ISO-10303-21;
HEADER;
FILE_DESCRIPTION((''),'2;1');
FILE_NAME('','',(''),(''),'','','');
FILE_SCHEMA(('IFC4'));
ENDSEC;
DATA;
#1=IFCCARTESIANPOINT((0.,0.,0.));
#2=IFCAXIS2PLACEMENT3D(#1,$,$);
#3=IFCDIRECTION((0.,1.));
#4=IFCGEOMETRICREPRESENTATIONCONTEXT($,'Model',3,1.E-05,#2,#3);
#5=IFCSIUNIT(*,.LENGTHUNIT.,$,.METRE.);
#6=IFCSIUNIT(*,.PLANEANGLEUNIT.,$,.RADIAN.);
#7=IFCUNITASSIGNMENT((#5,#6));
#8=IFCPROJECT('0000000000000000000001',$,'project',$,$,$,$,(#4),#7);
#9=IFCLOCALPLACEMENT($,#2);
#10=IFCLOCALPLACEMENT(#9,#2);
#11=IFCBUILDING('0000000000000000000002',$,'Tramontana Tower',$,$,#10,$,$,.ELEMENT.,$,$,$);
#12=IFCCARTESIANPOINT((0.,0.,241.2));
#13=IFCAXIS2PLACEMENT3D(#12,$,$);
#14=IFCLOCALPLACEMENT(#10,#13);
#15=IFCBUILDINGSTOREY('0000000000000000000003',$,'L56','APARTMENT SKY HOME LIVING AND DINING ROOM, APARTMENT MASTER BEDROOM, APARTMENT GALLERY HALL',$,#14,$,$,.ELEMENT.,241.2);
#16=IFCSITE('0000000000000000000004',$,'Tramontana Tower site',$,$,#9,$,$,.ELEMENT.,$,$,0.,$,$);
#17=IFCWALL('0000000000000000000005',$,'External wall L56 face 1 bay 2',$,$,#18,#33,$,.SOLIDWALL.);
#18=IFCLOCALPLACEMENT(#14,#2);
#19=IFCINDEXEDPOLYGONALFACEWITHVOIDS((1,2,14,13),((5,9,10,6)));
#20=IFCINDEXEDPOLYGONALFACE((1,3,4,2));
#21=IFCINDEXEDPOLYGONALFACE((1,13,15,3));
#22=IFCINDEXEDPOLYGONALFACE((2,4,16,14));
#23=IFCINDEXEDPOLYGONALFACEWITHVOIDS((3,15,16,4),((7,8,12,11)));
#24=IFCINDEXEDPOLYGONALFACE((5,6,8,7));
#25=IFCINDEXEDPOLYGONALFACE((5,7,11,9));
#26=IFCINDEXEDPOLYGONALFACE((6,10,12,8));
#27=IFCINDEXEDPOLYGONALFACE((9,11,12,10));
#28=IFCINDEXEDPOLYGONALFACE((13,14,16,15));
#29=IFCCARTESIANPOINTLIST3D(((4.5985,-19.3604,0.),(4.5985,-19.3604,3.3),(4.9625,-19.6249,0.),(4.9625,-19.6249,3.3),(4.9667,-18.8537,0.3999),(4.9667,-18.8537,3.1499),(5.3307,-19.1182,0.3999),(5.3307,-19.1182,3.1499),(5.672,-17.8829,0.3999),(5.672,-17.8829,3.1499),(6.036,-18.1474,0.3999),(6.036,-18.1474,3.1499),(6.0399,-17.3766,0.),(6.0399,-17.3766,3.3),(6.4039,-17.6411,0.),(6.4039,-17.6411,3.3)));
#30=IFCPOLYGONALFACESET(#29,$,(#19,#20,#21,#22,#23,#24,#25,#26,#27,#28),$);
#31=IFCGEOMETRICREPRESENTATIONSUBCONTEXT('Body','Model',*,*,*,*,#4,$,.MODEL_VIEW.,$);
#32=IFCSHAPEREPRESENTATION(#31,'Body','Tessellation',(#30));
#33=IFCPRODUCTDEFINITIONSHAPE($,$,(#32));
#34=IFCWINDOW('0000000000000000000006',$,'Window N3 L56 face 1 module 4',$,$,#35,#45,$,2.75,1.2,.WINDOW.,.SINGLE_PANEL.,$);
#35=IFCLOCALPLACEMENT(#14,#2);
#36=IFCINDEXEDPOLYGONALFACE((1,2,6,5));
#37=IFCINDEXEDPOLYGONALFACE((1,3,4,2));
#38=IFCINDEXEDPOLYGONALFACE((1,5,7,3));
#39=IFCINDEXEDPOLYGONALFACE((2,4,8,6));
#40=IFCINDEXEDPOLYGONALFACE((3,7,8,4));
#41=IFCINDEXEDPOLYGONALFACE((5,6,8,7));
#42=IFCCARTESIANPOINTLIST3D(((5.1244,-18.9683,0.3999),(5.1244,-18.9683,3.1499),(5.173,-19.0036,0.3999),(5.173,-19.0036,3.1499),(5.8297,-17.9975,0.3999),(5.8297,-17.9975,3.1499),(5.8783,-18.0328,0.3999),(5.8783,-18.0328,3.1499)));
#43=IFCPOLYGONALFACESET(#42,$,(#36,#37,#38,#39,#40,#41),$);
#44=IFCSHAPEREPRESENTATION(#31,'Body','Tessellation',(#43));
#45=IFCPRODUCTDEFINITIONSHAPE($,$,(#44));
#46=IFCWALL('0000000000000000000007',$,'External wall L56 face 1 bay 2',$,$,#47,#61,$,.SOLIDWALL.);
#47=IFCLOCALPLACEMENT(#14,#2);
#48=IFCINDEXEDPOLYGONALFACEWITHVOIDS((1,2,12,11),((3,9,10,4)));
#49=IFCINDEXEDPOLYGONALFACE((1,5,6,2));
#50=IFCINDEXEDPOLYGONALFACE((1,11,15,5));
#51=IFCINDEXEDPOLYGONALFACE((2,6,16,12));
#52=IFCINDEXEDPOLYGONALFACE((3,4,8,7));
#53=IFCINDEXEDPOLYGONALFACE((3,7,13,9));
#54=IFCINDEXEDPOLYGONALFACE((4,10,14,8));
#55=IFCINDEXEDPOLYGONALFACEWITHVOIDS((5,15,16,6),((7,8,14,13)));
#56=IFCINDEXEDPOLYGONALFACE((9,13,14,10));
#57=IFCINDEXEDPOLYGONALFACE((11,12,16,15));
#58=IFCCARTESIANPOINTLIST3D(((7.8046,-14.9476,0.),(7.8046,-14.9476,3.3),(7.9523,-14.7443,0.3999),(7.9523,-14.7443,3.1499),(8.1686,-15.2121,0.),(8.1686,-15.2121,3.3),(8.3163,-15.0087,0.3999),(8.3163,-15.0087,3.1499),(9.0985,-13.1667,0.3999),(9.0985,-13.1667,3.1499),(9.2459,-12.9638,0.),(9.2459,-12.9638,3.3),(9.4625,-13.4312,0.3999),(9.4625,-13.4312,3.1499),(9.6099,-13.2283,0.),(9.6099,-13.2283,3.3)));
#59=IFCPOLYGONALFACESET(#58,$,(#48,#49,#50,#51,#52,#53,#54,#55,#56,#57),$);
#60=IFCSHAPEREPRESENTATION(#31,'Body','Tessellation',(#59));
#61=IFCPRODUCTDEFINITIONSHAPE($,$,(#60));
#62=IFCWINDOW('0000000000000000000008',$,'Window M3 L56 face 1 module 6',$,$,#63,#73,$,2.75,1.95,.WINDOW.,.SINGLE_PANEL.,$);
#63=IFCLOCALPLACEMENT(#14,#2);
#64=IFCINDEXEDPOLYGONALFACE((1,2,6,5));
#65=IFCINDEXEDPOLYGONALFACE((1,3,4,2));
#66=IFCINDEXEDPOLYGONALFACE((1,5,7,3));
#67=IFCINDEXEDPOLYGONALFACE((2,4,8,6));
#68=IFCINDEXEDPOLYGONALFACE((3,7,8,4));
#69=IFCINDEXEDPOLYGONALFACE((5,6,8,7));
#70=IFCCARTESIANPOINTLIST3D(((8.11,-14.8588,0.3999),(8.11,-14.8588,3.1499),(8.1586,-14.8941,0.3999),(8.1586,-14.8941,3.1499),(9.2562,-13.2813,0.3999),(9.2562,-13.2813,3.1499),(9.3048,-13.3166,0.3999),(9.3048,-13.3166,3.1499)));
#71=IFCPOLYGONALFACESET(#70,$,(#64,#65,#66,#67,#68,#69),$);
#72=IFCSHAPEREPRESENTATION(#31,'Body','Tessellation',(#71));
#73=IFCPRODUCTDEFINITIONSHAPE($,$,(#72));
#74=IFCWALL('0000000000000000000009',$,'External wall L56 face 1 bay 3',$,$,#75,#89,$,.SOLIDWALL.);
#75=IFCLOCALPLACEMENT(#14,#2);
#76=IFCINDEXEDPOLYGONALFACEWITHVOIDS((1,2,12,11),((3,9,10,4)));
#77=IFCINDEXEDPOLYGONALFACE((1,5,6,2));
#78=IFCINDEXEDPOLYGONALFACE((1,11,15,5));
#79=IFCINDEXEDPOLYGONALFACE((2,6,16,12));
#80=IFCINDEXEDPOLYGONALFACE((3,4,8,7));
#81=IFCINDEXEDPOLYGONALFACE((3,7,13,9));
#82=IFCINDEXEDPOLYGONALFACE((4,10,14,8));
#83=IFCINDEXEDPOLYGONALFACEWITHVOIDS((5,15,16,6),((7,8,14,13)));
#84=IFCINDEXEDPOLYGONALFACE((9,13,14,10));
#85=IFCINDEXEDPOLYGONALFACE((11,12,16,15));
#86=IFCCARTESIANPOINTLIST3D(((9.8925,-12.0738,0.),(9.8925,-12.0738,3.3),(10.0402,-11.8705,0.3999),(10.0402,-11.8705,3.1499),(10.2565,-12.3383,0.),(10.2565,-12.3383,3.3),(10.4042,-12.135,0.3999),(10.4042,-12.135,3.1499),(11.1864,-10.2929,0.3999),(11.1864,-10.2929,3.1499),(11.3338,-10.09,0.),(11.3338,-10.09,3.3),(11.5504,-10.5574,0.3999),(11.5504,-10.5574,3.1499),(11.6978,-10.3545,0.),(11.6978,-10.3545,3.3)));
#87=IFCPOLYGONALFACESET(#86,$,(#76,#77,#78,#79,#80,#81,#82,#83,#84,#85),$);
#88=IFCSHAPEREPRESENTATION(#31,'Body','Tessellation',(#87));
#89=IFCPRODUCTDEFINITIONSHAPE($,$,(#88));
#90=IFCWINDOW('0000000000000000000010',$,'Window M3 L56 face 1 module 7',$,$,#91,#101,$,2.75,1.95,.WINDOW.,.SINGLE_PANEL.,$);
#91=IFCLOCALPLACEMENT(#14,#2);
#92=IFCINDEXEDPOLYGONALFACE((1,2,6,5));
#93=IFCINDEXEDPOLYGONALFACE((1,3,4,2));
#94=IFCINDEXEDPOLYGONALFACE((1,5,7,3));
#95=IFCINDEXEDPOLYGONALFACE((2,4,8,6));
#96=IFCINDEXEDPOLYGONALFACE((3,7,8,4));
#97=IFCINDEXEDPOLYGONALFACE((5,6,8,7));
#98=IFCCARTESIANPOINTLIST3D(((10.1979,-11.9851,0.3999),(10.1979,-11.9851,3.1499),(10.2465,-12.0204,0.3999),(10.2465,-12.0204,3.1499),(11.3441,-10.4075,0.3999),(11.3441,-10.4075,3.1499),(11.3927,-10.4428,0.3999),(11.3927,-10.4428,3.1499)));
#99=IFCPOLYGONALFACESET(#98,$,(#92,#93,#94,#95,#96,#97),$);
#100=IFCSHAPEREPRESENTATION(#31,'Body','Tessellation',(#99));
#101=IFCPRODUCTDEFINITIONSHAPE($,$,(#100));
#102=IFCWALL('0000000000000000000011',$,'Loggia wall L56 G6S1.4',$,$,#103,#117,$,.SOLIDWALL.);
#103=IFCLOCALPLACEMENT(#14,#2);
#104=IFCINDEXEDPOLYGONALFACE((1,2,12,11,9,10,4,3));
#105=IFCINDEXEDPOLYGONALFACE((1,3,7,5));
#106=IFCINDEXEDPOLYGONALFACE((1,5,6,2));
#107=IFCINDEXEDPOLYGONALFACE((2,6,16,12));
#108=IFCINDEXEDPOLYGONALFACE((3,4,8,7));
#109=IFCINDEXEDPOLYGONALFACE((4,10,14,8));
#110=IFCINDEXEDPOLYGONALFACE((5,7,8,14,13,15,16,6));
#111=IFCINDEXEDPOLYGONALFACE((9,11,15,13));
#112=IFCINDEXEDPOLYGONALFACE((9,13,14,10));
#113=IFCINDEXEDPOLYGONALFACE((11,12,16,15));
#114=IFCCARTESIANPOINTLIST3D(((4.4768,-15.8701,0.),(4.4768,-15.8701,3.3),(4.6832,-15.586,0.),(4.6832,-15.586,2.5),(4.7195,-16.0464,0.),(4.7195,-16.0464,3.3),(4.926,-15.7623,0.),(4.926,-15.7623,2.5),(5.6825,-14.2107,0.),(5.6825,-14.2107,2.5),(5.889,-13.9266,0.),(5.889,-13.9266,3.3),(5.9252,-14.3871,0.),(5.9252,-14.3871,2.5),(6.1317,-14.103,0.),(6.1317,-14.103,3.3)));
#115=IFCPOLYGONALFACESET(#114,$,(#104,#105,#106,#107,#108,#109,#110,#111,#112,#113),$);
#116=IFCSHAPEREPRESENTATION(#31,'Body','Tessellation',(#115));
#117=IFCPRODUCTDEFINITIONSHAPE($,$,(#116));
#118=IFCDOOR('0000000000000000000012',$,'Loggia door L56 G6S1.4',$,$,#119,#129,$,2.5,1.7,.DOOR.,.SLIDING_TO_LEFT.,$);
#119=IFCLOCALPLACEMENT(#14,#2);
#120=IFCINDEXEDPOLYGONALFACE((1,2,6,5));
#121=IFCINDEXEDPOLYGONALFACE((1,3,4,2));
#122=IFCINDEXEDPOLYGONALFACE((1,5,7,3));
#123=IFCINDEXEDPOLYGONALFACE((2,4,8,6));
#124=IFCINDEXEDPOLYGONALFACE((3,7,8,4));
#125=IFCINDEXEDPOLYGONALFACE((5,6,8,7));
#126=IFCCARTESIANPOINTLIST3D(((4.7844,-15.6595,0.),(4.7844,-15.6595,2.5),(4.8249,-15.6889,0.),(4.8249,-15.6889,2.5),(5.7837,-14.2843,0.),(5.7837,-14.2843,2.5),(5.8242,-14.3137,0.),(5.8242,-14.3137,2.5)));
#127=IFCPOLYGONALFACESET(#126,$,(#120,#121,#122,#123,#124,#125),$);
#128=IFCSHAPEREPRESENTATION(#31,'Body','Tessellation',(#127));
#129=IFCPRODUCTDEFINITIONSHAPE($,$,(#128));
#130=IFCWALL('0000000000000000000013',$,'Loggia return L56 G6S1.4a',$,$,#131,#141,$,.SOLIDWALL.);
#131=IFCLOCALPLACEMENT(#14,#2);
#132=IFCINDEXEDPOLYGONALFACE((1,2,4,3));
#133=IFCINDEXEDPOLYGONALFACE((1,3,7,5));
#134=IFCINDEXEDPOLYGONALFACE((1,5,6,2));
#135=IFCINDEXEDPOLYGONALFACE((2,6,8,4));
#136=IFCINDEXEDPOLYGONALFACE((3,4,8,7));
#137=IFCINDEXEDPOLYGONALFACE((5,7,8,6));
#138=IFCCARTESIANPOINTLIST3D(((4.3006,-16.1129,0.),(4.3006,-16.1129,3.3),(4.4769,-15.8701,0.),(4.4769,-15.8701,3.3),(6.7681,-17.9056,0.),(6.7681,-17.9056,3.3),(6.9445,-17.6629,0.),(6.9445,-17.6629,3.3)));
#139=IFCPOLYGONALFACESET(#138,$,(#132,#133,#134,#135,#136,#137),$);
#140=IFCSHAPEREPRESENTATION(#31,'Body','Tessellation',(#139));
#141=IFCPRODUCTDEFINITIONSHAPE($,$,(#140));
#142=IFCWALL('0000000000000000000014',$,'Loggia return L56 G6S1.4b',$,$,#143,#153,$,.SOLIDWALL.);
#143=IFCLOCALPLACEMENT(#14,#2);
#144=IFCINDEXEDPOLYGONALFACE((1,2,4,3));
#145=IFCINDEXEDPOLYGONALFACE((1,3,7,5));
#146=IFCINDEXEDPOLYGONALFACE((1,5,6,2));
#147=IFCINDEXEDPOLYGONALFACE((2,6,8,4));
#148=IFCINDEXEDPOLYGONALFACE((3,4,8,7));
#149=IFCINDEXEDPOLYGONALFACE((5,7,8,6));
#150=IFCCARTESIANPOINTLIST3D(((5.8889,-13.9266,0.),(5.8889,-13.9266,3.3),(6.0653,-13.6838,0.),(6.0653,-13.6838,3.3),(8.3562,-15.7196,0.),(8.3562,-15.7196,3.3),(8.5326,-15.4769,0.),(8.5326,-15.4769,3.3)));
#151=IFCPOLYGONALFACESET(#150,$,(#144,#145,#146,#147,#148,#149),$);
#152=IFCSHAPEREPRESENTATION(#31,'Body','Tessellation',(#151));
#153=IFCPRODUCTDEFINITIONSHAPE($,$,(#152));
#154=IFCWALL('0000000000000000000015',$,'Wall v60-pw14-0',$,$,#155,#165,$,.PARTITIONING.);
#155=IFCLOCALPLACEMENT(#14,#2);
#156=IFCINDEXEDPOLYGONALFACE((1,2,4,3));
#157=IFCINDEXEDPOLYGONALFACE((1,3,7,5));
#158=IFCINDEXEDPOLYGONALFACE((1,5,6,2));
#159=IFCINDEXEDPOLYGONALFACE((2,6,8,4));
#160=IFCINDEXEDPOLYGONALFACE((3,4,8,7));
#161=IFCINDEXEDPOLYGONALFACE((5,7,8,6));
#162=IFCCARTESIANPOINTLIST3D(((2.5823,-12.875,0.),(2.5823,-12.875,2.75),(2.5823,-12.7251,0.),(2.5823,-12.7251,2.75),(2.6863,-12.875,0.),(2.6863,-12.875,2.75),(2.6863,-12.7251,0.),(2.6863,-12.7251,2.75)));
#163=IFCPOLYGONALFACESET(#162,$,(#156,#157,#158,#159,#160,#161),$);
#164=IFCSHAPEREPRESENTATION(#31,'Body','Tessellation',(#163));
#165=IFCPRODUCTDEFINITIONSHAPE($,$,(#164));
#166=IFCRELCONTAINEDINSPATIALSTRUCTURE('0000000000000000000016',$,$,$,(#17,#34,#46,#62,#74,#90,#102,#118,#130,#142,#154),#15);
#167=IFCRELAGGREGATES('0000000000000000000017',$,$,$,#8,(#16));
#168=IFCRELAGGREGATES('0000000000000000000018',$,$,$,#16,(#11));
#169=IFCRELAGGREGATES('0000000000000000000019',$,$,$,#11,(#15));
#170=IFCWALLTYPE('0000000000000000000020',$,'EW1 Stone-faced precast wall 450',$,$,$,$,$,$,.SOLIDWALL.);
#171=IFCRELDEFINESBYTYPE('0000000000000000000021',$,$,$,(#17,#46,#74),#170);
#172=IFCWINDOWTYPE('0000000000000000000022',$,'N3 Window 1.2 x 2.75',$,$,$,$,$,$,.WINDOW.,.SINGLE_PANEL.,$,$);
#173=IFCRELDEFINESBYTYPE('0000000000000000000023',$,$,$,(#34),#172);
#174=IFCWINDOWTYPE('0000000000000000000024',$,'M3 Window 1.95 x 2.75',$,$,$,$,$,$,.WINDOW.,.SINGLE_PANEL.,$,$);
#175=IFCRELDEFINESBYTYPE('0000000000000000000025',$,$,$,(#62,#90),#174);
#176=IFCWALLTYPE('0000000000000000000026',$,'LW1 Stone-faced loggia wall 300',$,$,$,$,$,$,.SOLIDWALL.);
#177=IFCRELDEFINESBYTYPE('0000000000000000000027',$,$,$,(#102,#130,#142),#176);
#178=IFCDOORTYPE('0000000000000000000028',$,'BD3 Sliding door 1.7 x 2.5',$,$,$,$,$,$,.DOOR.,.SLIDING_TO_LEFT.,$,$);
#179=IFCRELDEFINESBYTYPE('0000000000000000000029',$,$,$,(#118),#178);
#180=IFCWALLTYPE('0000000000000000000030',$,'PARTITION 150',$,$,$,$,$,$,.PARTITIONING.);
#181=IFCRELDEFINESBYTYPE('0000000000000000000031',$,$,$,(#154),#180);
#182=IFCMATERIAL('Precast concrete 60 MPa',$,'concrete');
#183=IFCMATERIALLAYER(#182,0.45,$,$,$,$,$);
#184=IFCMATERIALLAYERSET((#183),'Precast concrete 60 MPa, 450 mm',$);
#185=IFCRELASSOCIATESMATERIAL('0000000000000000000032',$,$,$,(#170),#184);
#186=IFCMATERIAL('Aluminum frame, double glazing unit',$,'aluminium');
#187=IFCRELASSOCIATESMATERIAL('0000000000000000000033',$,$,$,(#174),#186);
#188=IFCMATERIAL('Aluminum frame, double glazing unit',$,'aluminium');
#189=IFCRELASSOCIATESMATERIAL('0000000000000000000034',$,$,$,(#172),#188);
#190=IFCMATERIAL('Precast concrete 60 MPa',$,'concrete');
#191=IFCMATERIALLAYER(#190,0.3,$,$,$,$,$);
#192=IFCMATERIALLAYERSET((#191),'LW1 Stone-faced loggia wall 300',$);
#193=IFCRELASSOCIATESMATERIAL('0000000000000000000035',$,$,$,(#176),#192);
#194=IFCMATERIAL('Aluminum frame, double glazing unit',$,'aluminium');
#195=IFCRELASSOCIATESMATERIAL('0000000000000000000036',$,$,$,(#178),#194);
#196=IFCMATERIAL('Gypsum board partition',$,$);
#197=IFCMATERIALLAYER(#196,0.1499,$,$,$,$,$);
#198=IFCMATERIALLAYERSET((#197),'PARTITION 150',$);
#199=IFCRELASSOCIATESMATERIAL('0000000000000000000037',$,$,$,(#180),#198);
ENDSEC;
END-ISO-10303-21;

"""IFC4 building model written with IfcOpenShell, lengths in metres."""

from ifc_helpers import new_model, si_unit, direction, frame, frame_2d, origin, place, context, subcontext, project, spatial, rectangle, extrude, material, layer, layer_set, type_object, element, fill, save


model = new_model("IFC4")

# Units and contexts
model_context = context("Model", 3, precision=1e-05, world=origin(), true_north=direction((0.0, 1.0)))
body_context = subcontext(model_context, "Body", "Model", "MODEL_VIEW")
ifc_project = project(units=[si_unit("LENGTHUNIT", "METRE"), si_unit("PLANEANGLEUNIT", "RADIAN")], contexts=[model_context])

# Site, building, storey
site_placement = place(None, origin())
site = spatial("IfcSite", under=ifc_project, at=site_placement, Name="Tramontana Tower site", CompositionType="ELEMENT", RefElevation=0.0)
building_placement = place(site_placement, origin())
building = spatial("IfcBuilding", under=site, at=building_placement, Name="Tramontana Tower", CompositionType="ELEMENT")
storey_placement = place(building_placement, frame((0.0, 0.0, 241.2)))
storey = spatial("IfcBuildingStorey", under=building, at=storey_placement, Name="L56", Description="APARTMENT SKY HOME LIVING AND DINING ROOM, APARTMENT MASTER BEDROOM, APARTMENT GALLERY HALL", CompositionType="ELEMENT", Elevation=241.2)

# Shared definitions
ifc_material_1 = material(Name="Precast concrete 60 MPa", Category="concrete")
ifc_layer_1 = layer(ifc_material_1, 0.45)
ifc_layer_set_1 = layer_set([ifc_layer_1], Name="Precast concrete 60 MPa, 450 mm")
wall_type_1 = type_object("IfcWallType", Name="EW1 Stone-faced precast wall 450", PredefinedType="SOLIDWALL", material=ifc_layer_set_1)
ifc_material_2 = material(Name="Aluminum frame, double glazing unit", Category="aluminium")
window_type_1 = type_object("IfcWindowType", Name="M3 Window 1.95 x 2.75", PartitioningType="SINGLE_PANEL", PredefinedType="WINDOW", material=ifc_material_2)

# Walls, openings, windows
wall_1_placement = place(storey_placement, frame((4.7805, -19.4927, 0.0), z_axis=(0.0, 0.0, 1.0), x_axis=(0.587793, 0.809012, 0.0)))
wall_1 = element("IfcWall", 1, at=wall_1_placement, inside=storey, type_object=wall_type_1, Name="External wall L56 face 1 bay 2", PredefinedType="SOLIDWALL", context=body_context, shape_type="SweptSolid", body=[
    extrude(rectangle(XDim=2.4521, YDim=0.45, at=frame_2d((1.2261, 0.0))), origin(), (0.0, 0.0, 1.0), 3.3),
])
opening_1_placement = place(wall_1_placement, frame((0.6262, 0.0, 0.3999)))
opening_1 = element("IfcOpeningElement", 2, at=opening_1_placement, cuts=wall_1, PredefinedType="OPENING", context=body_context, shape_type="SweptSolid", body=[
    extrude(rectangle(XDim=1.2, YDim=2.75, at=frame_2d((0.6001, 1.375))), frame((0.0, 0.2349, 0.0), z_axis=(0.0, -1.0, 0.0), x_axis=(1.0, 0.0, 0.0)), (0.0, 0.0, 1.0), 0.47),
])
ifc_material_3 = material(Name="Aluminum frame, double glazing unit", Category="aluminium")
window_type_2 = type_object("IfcWindowType", Name="N3 Window 1.2 x 2.75", PartitioningType="SINGLE_PANEL", PredefinedType="WINDOW", material=ifc_material_3)
window_1_placement = place(opening_1_placement, origin())
window_1 = element("IfcWindow", 3, at=window_1_placement, inside=storey, type_object=window_type_2, Name="Window N3 L56 face 1 module 4", OverallHeight=2.75, OverallWidth=1.2, PartitioningType="SINGLE_PANEL", PredefinedType="WINDOW", context=body_context, shape_type="SweptSolid", body=[
    extrude(rectangle(XDim=1.2, YDim=2.75, at=frame_2d((0.6001, 1.375))), frame((0.0, 0.03, 0.0), z_axis=(0.0, -1.0, 0.0), x_axis=(1.0, 0.0, 0.0)), (0.0, 0.0, 1.0), 0.0601),
])
fill(opening_1, window_1)
wall_2_placement = place(storey_placement, frame((7.9866, -15.0798, 0.0), z_axis=(0.0, 0.0, 1.0), x_axis=(0.587793, 0.809012, 0.0)))
wall_2 = element("IfcWall", 4, at=wall_2_placement, inside=storey, type_object=wall_type_1, Name="External wall L56 face 1 bay 2", PredefinedType="SOLIDWALL", context=body_context, shape_type="SweptSolid", body=[
    extrude(rectangle(XDim=2.4521, YDim=0.45, at=frame_2d((1.2261, 0.0))), origin(), (0.0, 0.0, 1.0), 3.3),
])
opening_2_placement = place(wall_2_placement, frame((0.2512, 0.0, 0.3999)))
opening_2 = element("IfcOpeningElement", 5, at=opening_2_placement, cuts=wall_2, PredefinedType="OPENING", context=body_context, shape_type="SweptSolid", body=[
    extrude(rectangle(XDim=1.95, YDim=2.75, at=frame_2d((0.9751, 1.375))), frame((0.0, 0.2349, 0.0), z_axis=(0.0, -1.0, 0.0), x_axis=(1.0, 0.0, 0.0)), (0.0, 0.0, 1.0), 0.47),
])
window_2_placement = place(opening_2_placement, origin())
window_2 = element("IfcWindow", 6, at=window_2_placement, inside=storey, type_object=window_type_1, Name="Window M3 L56 face 1 module 6", OverallHeight=2.75, OverallWidth=1.95, PartitioningType="SINGLE_PANEL", PredefinedType="WINDOW", context=body_context, shape_type="SweptSolid", body=[
    extrude(rectangle(XDim=1.95, YDim=2.75, at=frame_2d((0.9751, 1.375))), frame((0.0, 0.03, 0.0), z_axis=(0.0, -1.0, 0.0), x_axis=(1.0, 0.0, 0.0)), (0.0, 0.0, 1.0), 0.0601),
])
fill(opening_2, window_2)
wall_3_placement = place(storey_placement, frame((10.0745, -12.2061, 0.0), z_axis=(0.0, 0.0, 1.0), x_axis=(0.587793, 0.809012, 0.0)))
wall_3 = element("IfcWall", 7, at=wall_3_placement, inside=storey, type_object=wall_type_1, Name="External wall L56 face 1 bay 3", PredefinedType="SOLIDWALL", context=body_context, shape_type="SweptSolid", body=[
    extrude(rectangle(XDim=2.4521, YDim=0.45, at=frame_2d((1.2261, 0.0))), origin(), (0.0, 0.0, 1.0), 3.3),
])
opening_3_placement = place(wall_3_placement, frame((0.2512, 0.0, 0.3999)))
opening_3 = element("IfcOpeningElement", 8, at=opening_3_placement, cuts=wall_3, PredefinedType="OPENING", context=body_context, shape_type="SweptSolid", body=[
    extrude(rectangle(XDim=1.95, YDim=2.75, at=frame_2d((0.9751, 1.375))), frame((0.0, 0.2349, 0.0), z_axis=(0.0, -1.0, 0.0), x_axis=(1.0, 0.0, 0.0)), (0.0, 0.0, 1.0), 0.47),
])
window_3_placement = place(opening_3_placement, origin())
window_3 = element("IfcWindow", 9, at=window_3_placement, inside=storey, type_object=window_type_1, Name="Window M3 L56 face 1 module 7", OverallHeight=2.75, OverallWidth=1.95, PartitioningType="SINGLE_PANEL", PredefinedType="WINDOW", context=body_context, shape_type="SweptSolid", body=[
    extrude(rectangle(XDim=1.95, YDim=2.75, at=frame_2d((0.9751, 1.375))), frame((0.0, 0.03, 0.0), z_axis=(0.0, -1.0, 0.0), x_axis=(1.0, 0.0, 0.0)), (0.0, 0.0, 1.0), 0.0601),
])
fill(opening_3, window_3)

# Wall, opening, door
ifc_material_4 = material(Name="Precast concrete 60 MPa", Category="concrete")
ifc_layer_2 = layer(ifc_material_4, 0.3)
ifc_layer_set_2 = layer_set([ifc_layer_2], Name="LW1 Stone-faced loggia wall 300")
wall_type_2 = type_object("IfcWallType", Name="LW1 Stone-faced loggia wall 300", PredefinedType="SOLIDWALL", material=ifc_layer_set_2)
wall_4_placement = place(storey_placement, frame((4.5981, -15.9583, 0.0), z_axis=(0.0, 0.0, 1.0), x_axis=(0.587833, 0.808982, 0.0)))
wall_4 = element("IfcWall", 10, at=wall_4_placement, inside=storey, type_object=wall_type_2, Name="Loggia wall L56 G6S1.4", PredefinedType="SOLIDWALL", context=body_context, shape_type="SweptSolid", body=[
    extrude(rectangle(XDim=2.4023, YDim=0.3, at=frame_2d((1.2012, 0.0))), origin(), (0.0, 0.0, 1.0), 3.3),
])
opening_4_placement = place(wall_4_placement, frame((0.3511, 0.0, 0.0)))
opening_4 = element("IfcOpeningElement", 11, at=opening_4_placement, cuts=wall_4, PredefinedType="OPENING", context=body_context, shape_type="SweptSolid", body=[
    extrude(rectangle(XDim=1.7, YDim=2.5, at=frame_2d((0.8501, 1.25))), frame((0.0, 0.1599, 0.0), z_axis=(0.0, -1.0, 0.0), x_axis=(1.0, 0.0, 0.0)), (0.0, 0.0, 1.0), 0.3201),
])
ifc_material_5 = material(Name="Aluminum frame, double glazing unit", Category="aluminium")
door_type_1 = type_object("IfcDoorType", Name="BD3 Sliding door 1.7 x 2.5", OperationType="SLIDING_TO_LEFT", PredefinedType="DOOR", material=ifc_material_5)
door_1_placement = place(opening_4_placement, origin())
door_1 = element("IfcDoor", 12, at=door_1_placement, inside=storey, type_object=door_type_1, Name="Loggia door L56 G6S1.4", OperationType="SLIDING_TO_LEFT", OverallHeight=2.5, OverallWidth=1.7, PredefinedType="DOOR", context=body_context, shape_type="SweptSolid", body=[
    extrude(rectangle(XDim=1.7, YDim=2.5, at=frame_2d((0.8501, 1.25))), frame((0.0, 0.0249, 0.0), z_axis=(0.0, -1.0, 0.0), x_axis=(1.0, 0.0, 0.0)), (0.0, 0.0, 1.0), 0.05),
])
fill(opening_4, door_1)

# Walls
for number, where, z_axis, x_axis, name in (
    (13, (6.8562, -17.7842, 0.0), (0.0, 0.0, 1.0), (-0.809023, 0.587777, 0.0), "Loggia return L56 G6S1.4a"),
    (14, (8.4443, -15.5981, 0.0), (0.0, 0.0, 1.0), (-0.808958, 0.587867, 0.0), "Loggia return L56 G6S1.4b"),
):
    element("IfcWall", number, at=place(storey_placement, frame(where, z_axis=z_axis, x_axis=x_axis)), inside=storey, type_object=wall_type_2, Name=name, PredefinedType="SOLIDWALL", context=body_context, shape_type="SweptSolid", body=[
        extrude(rectangle(XDim=3.05, YDim=0.3, at=frame_2d((1.5249, 0.0))), origin(), (0.0, 0.0, 1.0), 3.3),
    ])
ifc_material_6 = material(Name="Gypsum board partition")
ifc_layer_3 = layer(ifc_material_6, 0.1499)
ifc_layer_set_3 = layer_set([ifc_layer_3], Name="PARTITION 150")
wall_type_3 = type_object("IfcWallType", Name="PARTITION 150", PredefinedType="PARTITIONING", material=ifc_layer_set_3)
wall_5_placement = place(storey_placement, frame((2.6863, -12.8, 0.0), z_axis=(0.0, 0.0, 1.0), x_axis=(-1.0, 0.0, 0.0)))
element("IfcWall", 15, at=wall_5_placement, inside=storey, type_object=wall_type_3, Name="Wall v60-pw14-0", PredefinedType="PARTITIONING", context=body_context, shape_type="SweptSolid", body=[
    extrude(rectangle(XDim=0.104, YDim=0.1499, at=frame_2d((0.052, 0.0))), origin(), (0.0, 0.0, 1.0), 2.75),
])

save(model, "model.ifc")
